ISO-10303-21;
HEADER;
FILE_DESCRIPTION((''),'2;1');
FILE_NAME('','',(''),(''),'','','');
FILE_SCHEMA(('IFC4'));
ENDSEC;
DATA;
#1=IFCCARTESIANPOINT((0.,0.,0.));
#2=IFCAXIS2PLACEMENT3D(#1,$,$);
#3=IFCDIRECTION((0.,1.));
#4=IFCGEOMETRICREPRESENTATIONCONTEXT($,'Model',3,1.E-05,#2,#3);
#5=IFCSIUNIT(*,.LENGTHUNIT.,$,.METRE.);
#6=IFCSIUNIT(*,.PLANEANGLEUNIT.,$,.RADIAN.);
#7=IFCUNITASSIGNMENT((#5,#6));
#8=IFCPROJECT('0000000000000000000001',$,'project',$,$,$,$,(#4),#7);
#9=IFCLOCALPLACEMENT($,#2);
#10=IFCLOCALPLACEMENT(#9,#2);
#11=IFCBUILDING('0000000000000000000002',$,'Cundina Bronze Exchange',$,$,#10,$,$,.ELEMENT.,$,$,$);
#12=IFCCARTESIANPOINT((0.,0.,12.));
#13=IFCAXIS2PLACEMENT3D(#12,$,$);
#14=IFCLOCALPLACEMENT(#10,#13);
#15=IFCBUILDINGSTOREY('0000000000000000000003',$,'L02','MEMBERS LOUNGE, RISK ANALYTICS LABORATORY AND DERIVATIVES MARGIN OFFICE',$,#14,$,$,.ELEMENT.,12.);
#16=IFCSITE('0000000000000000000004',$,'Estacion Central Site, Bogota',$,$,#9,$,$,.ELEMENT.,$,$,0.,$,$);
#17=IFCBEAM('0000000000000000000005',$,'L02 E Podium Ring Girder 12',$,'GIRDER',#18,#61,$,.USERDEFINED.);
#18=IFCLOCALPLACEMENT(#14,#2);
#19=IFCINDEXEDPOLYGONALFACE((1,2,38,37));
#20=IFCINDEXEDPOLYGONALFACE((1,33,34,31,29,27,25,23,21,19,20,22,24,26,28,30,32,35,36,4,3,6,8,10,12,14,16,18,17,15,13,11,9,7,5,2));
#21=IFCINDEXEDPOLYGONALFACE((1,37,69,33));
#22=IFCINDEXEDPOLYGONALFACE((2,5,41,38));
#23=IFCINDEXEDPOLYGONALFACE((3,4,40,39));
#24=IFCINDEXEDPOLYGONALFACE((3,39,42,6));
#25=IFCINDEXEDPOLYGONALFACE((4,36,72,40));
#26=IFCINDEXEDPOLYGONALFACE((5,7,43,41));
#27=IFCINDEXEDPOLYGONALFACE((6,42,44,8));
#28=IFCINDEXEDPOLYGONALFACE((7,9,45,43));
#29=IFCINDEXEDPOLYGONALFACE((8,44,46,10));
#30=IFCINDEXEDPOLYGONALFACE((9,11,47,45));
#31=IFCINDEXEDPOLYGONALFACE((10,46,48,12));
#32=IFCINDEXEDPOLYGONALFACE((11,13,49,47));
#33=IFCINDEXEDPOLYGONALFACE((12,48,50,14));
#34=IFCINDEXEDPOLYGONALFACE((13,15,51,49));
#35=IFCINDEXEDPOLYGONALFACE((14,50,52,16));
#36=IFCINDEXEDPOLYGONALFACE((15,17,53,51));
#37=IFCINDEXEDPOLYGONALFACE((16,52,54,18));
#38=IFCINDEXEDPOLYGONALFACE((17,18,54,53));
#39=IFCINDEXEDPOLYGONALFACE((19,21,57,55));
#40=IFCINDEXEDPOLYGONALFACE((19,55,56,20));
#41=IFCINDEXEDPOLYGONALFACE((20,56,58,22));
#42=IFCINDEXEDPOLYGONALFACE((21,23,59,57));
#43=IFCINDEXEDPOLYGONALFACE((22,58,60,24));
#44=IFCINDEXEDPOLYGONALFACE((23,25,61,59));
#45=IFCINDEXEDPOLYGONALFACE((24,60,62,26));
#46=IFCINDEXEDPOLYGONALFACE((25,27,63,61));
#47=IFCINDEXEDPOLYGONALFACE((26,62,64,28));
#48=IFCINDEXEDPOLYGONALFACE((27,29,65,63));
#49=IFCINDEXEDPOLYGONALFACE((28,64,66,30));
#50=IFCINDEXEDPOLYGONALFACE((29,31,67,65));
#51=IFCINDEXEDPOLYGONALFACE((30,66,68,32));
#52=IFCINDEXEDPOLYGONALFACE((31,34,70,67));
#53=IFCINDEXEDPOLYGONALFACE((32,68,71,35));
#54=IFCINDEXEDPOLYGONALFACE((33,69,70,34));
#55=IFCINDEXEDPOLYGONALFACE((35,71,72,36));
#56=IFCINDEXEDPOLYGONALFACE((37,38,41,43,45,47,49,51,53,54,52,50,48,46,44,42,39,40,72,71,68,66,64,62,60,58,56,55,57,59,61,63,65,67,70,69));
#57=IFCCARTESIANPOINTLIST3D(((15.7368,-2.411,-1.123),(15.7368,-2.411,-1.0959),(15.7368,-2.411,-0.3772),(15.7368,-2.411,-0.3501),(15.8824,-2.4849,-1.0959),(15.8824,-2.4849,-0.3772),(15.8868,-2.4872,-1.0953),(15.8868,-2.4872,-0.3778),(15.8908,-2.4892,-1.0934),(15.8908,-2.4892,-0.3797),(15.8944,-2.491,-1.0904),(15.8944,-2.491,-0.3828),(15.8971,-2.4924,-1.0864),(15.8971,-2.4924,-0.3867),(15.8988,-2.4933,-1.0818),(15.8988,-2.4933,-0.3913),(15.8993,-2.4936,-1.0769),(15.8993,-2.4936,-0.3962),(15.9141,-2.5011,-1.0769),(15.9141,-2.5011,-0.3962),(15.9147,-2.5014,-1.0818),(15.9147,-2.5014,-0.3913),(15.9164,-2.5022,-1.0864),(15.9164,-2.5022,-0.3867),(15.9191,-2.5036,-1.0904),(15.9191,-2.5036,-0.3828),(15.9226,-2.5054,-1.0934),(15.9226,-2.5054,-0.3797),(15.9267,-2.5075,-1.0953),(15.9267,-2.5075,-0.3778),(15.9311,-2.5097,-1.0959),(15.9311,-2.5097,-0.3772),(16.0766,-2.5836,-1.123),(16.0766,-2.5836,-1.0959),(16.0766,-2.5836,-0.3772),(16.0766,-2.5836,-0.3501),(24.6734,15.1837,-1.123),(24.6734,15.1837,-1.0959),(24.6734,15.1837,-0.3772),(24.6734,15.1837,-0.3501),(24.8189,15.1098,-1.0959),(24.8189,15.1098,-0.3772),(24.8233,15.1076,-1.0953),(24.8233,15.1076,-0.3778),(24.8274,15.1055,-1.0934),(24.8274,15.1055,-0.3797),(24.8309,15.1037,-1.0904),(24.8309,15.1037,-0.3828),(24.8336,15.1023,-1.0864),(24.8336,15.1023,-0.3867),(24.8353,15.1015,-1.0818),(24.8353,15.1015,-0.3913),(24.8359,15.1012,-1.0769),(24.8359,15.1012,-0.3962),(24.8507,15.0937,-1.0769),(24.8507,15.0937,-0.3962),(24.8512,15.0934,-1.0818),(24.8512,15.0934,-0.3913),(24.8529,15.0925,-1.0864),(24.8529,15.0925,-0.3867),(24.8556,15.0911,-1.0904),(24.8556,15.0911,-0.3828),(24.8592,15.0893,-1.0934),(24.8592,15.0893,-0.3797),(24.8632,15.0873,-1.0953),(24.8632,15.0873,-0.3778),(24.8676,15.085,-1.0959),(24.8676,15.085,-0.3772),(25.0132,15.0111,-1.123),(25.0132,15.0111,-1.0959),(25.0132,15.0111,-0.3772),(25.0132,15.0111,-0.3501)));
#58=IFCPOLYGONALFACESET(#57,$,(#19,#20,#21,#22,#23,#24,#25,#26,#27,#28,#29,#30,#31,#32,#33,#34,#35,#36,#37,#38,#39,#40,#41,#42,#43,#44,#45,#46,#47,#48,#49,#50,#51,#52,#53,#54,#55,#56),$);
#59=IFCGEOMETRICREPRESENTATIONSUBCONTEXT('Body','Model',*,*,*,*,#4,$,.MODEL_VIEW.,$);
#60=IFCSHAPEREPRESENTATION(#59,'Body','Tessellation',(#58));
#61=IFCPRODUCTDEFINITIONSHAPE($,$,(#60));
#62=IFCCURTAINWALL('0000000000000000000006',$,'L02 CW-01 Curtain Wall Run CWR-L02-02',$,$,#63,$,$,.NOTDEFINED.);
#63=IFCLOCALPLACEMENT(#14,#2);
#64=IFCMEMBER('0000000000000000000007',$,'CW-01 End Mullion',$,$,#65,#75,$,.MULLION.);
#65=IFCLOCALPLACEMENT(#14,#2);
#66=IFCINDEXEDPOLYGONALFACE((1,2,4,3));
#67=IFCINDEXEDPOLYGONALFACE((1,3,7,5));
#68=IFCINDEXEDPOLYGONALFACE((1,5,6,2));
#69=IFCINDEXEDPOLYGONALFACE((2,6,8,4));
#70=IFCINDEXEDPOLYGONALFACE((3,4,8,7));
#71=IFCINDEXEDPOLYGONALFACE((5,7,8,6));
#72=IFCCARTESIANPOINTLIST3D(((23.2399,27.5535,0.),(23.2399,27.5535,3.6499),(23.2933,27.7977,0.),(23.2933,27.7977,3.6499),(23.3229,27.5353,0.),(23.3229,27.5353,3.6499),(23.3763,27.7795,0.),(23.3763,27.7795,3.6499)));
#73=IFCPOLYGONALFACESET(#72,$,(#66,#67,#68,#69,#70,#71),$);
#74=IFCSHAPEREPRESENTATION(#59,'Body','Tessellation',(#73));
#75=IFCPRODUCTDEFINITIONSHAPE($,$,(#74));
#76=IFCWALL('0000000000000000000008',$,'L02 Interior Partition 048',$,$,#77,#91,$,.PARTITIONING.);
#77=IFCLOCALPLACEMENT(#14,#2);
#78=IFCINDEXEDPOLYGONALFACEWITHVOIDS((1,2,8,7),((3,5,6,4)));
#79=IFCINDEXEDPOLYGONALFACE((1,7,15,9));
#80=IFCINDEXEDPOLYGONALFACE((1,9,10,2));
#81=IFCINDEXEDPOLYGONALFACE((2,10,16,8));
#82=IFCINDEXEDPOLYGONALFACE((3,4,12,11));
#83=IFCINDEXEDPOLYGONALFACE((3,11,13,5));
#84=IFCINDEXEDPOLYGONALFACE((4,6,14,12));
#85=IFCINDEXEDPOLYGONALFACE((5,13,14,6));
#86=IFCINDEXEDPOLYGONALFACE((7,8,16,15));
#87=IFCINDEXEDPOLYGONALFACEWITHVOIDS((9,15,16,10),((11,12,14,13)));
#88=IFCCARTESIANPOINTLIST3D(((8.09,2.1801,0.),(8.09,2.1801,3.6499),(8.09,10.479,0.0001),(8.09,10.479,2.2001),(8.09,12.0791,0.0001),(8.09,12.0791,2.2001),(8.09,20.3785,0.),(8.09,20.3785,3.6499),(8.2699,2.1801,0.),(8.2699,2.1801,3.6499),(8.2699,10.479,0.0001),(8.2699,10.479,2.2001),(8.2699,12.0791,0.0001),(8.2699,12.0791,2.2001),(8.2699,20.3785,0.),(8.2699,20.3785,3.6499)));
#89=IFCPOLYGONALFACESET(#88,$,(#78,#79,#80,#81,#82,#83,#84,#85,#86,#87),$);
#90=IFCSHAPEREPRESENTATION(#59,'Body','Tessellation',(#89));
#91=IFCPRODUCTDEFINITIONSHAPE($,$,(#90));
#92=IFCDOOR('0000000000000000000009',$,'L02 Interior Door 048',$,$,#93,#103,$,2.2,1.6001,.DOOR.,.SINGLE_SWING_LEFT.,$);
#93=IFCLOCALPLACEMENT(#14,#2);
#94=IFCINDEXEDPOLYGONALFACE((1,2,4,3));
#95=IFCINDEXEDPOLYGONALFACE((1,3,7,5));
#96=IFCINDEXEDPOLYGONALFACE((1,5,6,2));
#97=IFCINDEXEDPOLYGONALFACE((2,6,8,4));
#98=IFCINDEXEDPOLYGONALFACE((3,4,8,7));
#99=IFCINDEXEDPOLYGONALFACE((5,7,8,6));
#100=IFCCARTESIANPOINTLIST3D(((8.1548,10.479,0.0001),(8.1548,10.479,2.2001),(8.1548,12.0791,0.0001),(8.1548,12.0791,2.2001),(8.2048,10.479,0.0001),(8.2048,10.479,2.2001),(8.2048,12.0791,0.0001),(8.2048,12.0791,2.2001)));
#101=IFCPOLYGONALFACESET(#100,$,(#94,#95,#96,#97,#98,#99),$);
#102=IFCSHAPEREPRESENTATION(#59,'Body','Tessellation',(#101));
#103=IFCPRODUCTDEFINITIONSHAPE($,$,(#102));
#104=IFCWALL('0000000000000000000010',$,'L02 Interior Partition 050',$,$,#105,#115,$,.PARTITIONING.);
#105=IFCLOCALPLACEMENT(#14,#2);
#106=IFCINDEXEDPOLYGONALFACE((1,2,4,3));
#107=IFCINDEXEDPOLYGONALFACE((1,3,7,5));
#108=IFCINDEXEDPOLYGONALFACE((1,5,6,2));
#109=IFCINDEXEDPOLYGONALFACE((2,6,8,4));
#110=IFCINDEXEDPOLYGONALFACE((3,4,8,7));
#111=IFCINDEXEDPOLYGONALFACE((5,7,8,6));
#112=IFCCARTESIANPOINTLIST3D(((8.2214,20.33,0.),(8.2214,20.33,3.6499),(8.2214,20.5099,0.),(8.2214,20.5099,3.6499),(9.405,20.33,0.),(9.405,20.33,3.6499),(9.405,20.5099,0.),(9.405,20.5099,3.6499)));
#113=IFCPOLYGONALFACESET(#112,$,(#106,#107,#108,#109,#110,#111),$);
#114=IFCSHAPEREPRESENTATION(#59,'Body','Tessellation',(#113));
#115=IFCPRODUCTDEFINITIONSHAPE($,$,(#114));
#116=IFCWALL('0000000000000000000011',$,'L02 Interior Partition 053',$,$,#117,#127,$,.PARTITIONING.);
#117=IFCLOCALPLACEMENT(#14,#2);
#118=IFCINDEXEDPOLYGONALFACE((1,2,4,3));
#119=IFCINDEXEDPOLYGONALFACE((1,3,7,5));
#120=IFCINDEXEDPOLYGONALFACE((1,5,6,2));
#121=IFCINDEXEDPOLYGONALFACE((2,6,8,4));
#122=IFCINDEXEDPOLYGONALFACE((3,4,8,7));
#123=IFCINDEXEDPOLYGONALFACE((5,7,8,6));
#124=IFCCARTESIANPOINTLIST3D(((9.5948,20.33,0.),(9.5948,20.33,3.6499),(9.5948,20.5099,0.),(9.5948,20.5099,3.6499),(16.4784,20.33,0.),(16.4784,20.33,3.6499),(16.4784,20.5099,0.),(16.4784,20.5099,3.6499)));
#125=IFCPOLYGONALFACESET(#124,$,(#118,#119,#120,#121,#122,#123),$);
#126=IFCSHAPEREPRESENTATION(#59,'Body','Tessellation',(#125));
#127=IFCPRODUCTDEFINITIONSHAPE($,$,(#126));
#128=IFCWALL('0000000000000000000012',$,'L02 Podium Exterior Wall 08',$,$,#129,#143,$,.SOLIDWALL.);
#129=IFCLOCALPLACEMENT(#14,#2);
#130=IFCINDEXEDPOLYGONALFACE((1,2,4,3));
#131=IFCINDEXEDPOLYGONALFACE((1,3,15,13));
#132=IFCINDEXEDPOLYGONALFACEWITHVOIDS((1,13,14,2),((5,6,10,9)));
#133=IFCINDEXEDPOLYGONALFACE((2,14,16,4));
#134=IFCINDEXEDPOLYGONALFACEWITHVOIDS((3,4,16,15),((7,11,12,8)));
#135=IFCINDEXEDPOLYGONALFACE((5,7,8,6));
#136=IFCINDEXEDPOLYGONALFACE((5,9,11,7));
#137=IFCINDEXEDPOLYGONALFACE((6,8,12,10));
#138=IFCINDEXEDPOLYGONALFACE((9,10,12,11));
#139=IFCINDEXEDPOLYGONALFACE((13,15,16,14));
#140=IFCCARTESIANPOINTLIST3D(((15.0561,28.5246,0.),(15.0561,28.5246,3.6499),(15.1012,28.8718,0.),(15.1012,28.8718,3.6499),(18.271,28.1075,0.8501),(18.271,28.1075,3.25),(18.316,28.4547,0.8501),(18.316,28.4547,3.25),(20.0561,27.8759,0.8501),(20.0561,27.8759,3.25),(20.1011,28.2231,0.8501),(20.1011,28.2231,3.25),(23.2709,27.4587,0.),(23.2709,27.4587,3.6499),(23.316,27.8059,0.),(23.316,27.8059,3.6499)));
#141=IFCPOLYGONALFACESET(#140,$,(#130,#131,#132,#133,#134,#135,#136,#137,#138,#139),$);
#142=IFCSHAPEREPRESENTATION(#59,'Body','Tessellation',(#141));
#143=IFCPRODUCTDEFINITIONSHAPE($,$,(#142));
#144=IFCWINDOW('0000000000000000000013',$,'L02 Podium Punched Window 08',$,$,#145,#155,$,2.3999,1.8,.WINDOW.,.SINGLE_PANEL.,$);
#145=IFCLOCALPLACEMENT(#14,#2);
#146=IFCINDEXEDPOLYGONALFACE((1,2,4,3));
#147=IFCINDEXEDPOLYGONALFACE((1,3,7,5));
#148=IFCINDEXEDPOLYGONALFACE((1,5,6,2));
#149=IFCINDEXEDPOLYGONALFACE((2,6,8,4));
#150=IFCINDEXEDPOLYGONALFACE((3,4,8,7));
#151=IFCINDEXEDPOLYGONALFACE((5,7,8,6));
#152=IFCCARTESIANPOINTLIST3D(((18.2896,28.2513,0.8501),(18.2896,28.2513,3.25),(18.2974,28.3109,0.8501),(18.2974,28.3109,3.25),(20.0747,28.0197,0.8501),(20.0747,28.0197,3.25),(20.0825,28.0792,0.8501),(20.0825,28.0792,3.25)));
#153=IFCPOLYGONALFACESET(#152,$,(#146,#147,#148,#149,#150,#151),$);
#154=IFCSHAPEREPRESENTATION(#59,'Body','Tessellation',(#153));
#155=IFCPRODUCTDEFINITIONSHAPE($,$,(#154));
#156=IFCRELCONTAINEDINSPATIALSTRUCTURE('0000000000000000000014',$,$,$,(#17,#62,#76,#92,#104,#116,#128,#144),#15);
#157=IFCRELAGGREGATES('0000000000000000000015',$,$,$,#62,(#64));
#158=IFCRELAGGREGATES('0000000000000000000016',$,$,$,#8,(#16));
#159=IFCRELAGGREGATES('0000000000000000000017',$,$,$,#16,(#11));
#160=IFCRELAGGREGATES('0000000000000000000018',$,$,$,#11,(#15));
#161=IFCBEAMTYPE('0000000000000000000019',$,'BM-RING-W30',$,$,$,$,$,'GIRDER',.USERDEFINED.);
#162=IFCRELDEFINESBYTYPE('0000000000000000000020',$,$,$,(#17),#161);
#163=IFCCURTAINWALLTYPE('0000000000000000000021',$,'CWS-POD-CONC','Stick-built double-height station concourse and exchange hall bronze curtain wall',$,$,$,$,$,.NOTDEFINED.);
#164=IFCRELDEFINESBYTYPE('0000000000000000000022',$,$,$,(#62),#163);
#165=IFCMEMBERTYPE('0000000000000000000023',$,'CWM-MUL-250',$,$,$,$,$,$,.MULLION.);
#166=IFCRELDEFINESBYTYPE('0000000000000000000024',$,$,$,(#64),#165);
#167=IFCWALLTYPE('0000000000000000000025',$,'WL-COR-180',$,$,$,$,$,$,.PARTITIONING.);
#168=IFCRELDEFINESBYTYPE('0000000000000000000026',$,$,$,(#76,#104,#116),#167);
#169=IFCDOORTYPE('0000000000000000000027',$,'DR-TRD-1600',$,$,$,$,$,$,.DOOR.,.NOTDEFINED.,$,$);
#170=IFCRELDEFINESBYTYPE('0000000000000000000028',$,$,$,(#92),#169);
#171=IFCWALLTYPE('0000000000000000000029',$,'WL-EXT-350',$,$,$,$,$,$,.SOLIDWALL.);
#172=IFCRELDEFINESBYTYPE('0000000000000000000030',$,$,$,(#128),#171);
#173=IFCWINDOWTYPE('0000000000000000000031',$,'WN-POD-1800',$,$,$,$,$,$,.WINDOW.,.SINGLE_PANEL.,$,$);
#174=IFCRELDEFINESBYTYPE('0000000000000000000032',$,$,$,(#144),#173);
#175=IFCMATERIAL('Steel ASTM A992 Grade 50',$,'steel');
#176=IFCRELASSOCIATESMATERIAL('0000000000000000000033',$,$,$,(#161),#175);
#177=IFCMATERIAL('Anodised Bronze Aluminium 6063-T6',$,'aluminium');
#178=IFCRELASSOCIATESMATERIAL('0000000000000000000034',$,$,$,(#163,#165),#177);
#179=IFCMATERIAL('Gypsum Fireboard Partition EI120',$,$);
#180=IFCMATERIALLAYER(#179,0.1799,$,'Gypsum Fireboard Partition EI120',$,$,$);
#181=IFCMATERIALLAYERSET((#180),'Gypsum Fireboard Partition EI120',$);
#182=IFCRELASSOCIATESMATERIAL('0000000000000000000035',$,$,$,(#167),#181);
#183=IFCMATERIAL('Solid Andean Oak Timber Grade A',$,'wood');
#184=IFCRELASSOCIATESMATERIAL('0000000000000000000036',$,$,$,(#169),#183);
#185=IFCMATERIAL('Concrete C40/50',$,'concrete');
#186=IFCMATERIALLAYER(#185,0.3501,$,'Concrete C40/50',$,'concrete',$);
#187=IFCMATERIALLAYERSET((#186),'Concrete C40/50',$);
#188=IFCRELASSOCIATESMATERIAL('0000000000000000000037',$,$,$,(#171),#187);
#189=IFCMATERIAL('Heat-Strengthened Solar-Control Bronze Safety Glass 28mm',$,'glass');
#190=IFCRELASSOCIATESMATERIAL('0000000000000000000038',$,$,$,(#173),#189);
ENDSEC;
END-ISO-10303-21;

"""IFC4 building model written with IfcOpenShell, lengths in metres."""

from ifc_helpers import new_model, si_unit, direction, frame, frame_2d, origin, origin_2d, place, context, subcontext, project, spatial, rectangle, i_section, extrude, material, layer, layer_set, material_profile, profile_set, type_object, element, fill, aggregate, save


model = new_model("IFC4")

# Units and contexts
model_context = context("Model", 3, precision=1e-05, world=origin(), true_north=direction((0.0, 1.0)))
body_context = subcontext(model_context, "Body", "Model", "MODEL_VIEW")
ifc_project = project(units=[si_unit("LENGTHUNIT", "METRE"), si_unit("PLANEANGLEUNIT", "RADIAN")], contexts=[model_context])

# Site, building, storey
site_placement = place(None, origin())
site = spatial("IfcSite", under=ifc_project, at=site_placement, Name="Estacion Central Site, Bogota", CompositionType="ELEMENT", RefElevation=0.0)
building_placement = place(site_placement, origin())
building = spatial("IfcBuilding", under=site, at=building_placement, Name="Cundina Bronze Exchange", CompositionType="ELEMENT")
storey_placement = place(building_placement, frame((0.0, 0.0, 12.0)))
storey = spatial("IfcBuildingStorey", under=building, at=storey_placement, Name="L02", Description="MEMBERS LOUNGE, RISK ANALYTICS LABORATORY AND DERIVATIVES MARGIN OFFICE", CompositionType="ELEMENT", Elevation=12.0)

# Beam
ifc_material_1 = material(Name="Steel ASTM A992 Grade 50", Category="steel")
ifc_material_profile_1 = material_profile(ifc_material_1, i_section(OverallWidth=0.3811, OverallDepth=0.7729, WebThickness=0.0166, FlangeThickness=0.0271, FilletRadius=0.019, at=origin_2d()), Name="W30X173", Category="steel")
ifc_profile_set_1 = profile_set([ifc_material_profile_1], Name="Steel ASTM A992 Grade 50")
beam_type_1 = type_object("IfcBeamType", Name="BM-RING-W30", ElementType="GIRDER", PredefinedType="USERDEFINED", material=ifc_profile_set_1)
beam_1_placement = place(storey_placement, frame((24.8433, 15.0974, -0.7366), z_axis=(-0.452846, -0.891589, 0.0), x_axis=(0.891589, -0.452846, 0.0)))
element("IfcBeam", 1, at=beam_1_placement, inside=storey, type_object=beam_type_1, Name="L02 E Podium Ring Girder 12", ObjectType="GIRDER", PredefinedType="USERDEFINED", context=body_context, shape_type="SweptSolid", body=[
    extrude(i_section(OverallWidth=0.3811, OverallDepth=0.7729, WebThickness=0.0166, FlangeThickness=0.0271, FilletRadius=0.019, at=origin_2d()), origin(), (0.0, 0.0, 1.0), 19.7341),
])

# Curtain wall, member
ifc_material_2 = material(Name="Anodised Bronze Aluminium 6063-T6", Category="aluminium")
curtain_wall_type = type_object("IfcCurtainWallType", Name="CWS-POD-CONC", Description="Stick-built double-height station concourse and exchange hall bronze curtain wall", PredefinedType="NOTDEFINED", material=ifc_material_2)
curtain_wall_placement = place(storey_placement, origin())
curtain_wall = element("IfcCurtainWall", 2, at=curtain_wall_placement, inside=storey, type_object=curtain_wall_type, Name="L02 CW-01 Curtain Wall Run CWR-L02-02", PredefinedType="NOTDEFINED")
ifc_material_profile_2 = material_profile(ifc_material_2, rectangle(XDim=0.085, YDim=0.25, at=origin_2d()), Name="AL85X250", Category="aluminium")
ifc_profile_set_2 = profile_set([ifc_material_profile_2], Name="Anodised Bronze Aluminium 6063-T6")
member_type = type_object("IfcMemberType", Name="CWM-MUL-250", PredefinedType="MULLION", material=ifc_profile_set_2)
member_placement = place(storey_placement, frame((23.3081, 27.6665, 0.0), z_axis=(0.0, 0.0, 1.0), x_axis=(-0.976897, 0.213712, 0.0)))
member = element("IfcMember", 3, at=member_placement, type_object=member_type, Name="CW-01 End Mullion", PredefinedType="MULLION", context=body_context, shape_type="SweptSolid", body=[
    extrude(rectangle(XDim=0.085, YDim=0.25, at=origin_2d()), origin(), (0.0, 0.0, 1.0), 3.6499),
])
aggregate(curtain_wall, [member])

# Wall, opening, door
ifc_material_3 = material(Name="Gypsum Fireboard Partition EI120")
ifc_layer_1 = layer(ifc_material_3, 0.1799, Name="Gypsum Fireboard Partition EI120")
ifc_layer_set_1 = layer_set([ifc_layer_1], Name="Gypsum Fireboard Partition EI120")
wall_type_1 = type_object("IfcWallType", Name="WL-COR-180", PredefinedType="PARTITIONING", material=ifc_layer_set_1)
wall_1_placement = place(storey_placement, frame((8.1799, 20.3784, 0.0), z_axis=(0.0, 0.0, 1.0), x_axis=(0.0, -1.0, 0.0)))
wall_1 = element("IfcWall", 4, at=wall_1_placement, inside=storey, type_object=wall_type_1, Name="L02 Interior Partition 048", PredefinedType="PARTITIONING", context=body_context, shape_type="SweptSolid", body=[
    extrude(rectangle(XDim=18.1985, YDim=0.1799, at=frame_2d((9.0991, 0.0))), origin(), (0.0, 0.0, 1.0), 3.6499),
])
opening_1_placement = place(wall_1_placement, frame((8.2993, 0.0, 0.0)))
opening_1 = element("IfcOpeningElement", 5, at=opening_1_placement, cuts=wall_1, PredefinedType="OPENING", context=body_context, shape_type="SweptSolid", body=[
    extrude(rectangle(XDim=1.6001, YDim=2.2, at=frame_2d((0.8, 1.1001))), frame((0.0, 0.0999, 0.0), z_axis=(0.0, -1.0, 0.0), x_axis=(1.0, 0.0, 0.0)), (0.0, 0.0, 1.0), 0.2),
])
ifc_material_4 = material(Name="Solid Andean Oak Timber Grade A", Category="wood")
door_type_1 = type_object("IfcDoorType", Name="DR-TRD-1600", OperationType="NOTDEFINED", PredefinedType="DOOR", material=ifc_material_4)
door_1_placement = place(opening_1_placement, origin())
door_1 = element("IfcDoor", 6, at=door_1_placement, inside=storey, type_object=door_type_1, Name="L02 Interior Door 048", OperationType="SINGLE_SWING_LEFT", OverallHeight=2.2, OverallWidth=1.6001, PredefinedType="DOOR", context=body_context, shape_type="SweptSolid", body=[
    extrude(rectangle(XDim=1.6001, YDim=2.2, at=frame_2d((0.8, 1.1001))), frame((0.0, 0.0249, 0.0), z_axis=(0.0, -1.0, 0.0), x_axis=(1.0, 0.0, 0.0)), (0.0, 0.0, 1.0), 0.05),
])
fill(opening_1, door_1)

# Walls
wall_2_placement = place(storey_placement, frame((9.405, 20.4199, 0.0), z_axis=(0.0, 0.0, 1.0), x_axis=(-1.0, 0.0, 0.0)))
element("IfcWall", 7, at=wall_2_placement, inside=storey, type_object=wall_type_1, Name="L02 Interior Partition 050", PredefinedType="PARTITIONING", context=body_context, shape_type="SweptSolid", body=[
    extrude(rectangle(XDim=1.1836, YDim=0.1799, at=frame_2d((0.5918, 0.0))), origin(), (0.0, 0.0, 1.0), 3.6499),
])
wall_3_placement = place(storey_placement, frame((16.4785, 20.4199, 0.0), z_axis=(0.0, 0.0, 1.0), x_axis=(-1.0, 0.0, 0.0)))
element("IfcWall", 8, at=wall_3_placement, inside=storey, type_object=wall_type_1, Name="L02 Interior Partition 053", PredefinedType="PARTITIONING", context=body_context, shape_type="SweptSolid", body=[
    extrude(rectangle(XDim=6.8835, YDim=0.1799, at=frame_2d((3.4419, 0.0))), origin(), (0.0, 0.0, 1.0), 3.6499),
])

# Wall, opening, window
ifc_material_5 = material(Name="Concrete C40/50", Category="concrete")
ifc_layer_2 = layer(ifc_material_5, 0.3501, Name="Concrete C40/50", Category="concrete")
ifc_layer_set_2 = layer_set([ifc_layer_2], Name="Concrete C40/50")
wall_type_2 = type_object("IfcWallType", Name="WL-EXT-350", PredefinedType="SOLIDWALL", material=ifc_layer_set_2)
wall_4_placement = place(storey_placement, frame((23.2935, 27.6323, 0.0), z_axis=(0.0, 0.0, 1.0), x_axis=(-0.991687, 0.128676, 0.0)))
wall_4 = element("IfcWall", 9, at=wall_4_placement, inside=storey, type_object=wall_type_2, Name="L02 Podium Exterior Wall 08", PredefinedType="SOLIDWALL", context=body_context, shape_type="SweptSolid", body=[
    extrude(rectangle(XDim=8.2837, YDim=0.3501, at=frame_2d((4.1418, 0.0))), origin(), (0.0, 0.0, 1.0), 3.6499),
])
opening_2_placement = place(wall_4_placement, frame((3.2419, 0.0, 0.8501)))
opening_2 = element("IfcOpeningElement", 10, at=opening_2_placement, cuts=wall_4, PredefinedType="OPENING", context=body_context, shape_type="SweptSolid", body=[
    extrude(rectangle(XDim=1.8, YDim=2.3999, at=frame_2d((0.8999, 1.2))), frame((0.0, 0.1851, 0.0), z_axis=(0.0, -1.0, 0.0), x_axis=(1.0, 0.0, 0.0)), (0.0, 0.0, 1.0), 0.3701),
])
ifc_material_6 = material(Name="Heat-Strengthened Solar-Control Bronze Safety Glass 28mm", Category="glass")
window_type_1 = type_object("IfcWindowType", Name="WN-POD-1800", PartitioningType="SINGLE_PANEL", PredefinedType="WINDOW", material=ifc_material_6)
window_1_placement = place(opening_2_placement, origin())
window_1 = element("IfcWindow", 11, at=window_1_placement, inside=storey, type_object=window_type_1, Name="L02 Podium Punched Window 08", OverallHeight=2.3999, OverallWidth=1.8, PartitioningType="SINGLE_PANEL", PredefinedType="WINDOW", context=body_context, shape_type="SweptSolid", body=[
    extrude(rectangle(XDim=1.8, YDim=2.3999, at=frame_2d((0.8999, 1.2))), frame((0.0, 0.03, 0.0), z_axis=(0.0, -1.0, 0.0), x_axis=(1.0, 0.0, 0.0)), (0.0, 0.0, 1.0), 0.0601),
])
fill(opening_2, window_1)

save(model, "model.ifc")
